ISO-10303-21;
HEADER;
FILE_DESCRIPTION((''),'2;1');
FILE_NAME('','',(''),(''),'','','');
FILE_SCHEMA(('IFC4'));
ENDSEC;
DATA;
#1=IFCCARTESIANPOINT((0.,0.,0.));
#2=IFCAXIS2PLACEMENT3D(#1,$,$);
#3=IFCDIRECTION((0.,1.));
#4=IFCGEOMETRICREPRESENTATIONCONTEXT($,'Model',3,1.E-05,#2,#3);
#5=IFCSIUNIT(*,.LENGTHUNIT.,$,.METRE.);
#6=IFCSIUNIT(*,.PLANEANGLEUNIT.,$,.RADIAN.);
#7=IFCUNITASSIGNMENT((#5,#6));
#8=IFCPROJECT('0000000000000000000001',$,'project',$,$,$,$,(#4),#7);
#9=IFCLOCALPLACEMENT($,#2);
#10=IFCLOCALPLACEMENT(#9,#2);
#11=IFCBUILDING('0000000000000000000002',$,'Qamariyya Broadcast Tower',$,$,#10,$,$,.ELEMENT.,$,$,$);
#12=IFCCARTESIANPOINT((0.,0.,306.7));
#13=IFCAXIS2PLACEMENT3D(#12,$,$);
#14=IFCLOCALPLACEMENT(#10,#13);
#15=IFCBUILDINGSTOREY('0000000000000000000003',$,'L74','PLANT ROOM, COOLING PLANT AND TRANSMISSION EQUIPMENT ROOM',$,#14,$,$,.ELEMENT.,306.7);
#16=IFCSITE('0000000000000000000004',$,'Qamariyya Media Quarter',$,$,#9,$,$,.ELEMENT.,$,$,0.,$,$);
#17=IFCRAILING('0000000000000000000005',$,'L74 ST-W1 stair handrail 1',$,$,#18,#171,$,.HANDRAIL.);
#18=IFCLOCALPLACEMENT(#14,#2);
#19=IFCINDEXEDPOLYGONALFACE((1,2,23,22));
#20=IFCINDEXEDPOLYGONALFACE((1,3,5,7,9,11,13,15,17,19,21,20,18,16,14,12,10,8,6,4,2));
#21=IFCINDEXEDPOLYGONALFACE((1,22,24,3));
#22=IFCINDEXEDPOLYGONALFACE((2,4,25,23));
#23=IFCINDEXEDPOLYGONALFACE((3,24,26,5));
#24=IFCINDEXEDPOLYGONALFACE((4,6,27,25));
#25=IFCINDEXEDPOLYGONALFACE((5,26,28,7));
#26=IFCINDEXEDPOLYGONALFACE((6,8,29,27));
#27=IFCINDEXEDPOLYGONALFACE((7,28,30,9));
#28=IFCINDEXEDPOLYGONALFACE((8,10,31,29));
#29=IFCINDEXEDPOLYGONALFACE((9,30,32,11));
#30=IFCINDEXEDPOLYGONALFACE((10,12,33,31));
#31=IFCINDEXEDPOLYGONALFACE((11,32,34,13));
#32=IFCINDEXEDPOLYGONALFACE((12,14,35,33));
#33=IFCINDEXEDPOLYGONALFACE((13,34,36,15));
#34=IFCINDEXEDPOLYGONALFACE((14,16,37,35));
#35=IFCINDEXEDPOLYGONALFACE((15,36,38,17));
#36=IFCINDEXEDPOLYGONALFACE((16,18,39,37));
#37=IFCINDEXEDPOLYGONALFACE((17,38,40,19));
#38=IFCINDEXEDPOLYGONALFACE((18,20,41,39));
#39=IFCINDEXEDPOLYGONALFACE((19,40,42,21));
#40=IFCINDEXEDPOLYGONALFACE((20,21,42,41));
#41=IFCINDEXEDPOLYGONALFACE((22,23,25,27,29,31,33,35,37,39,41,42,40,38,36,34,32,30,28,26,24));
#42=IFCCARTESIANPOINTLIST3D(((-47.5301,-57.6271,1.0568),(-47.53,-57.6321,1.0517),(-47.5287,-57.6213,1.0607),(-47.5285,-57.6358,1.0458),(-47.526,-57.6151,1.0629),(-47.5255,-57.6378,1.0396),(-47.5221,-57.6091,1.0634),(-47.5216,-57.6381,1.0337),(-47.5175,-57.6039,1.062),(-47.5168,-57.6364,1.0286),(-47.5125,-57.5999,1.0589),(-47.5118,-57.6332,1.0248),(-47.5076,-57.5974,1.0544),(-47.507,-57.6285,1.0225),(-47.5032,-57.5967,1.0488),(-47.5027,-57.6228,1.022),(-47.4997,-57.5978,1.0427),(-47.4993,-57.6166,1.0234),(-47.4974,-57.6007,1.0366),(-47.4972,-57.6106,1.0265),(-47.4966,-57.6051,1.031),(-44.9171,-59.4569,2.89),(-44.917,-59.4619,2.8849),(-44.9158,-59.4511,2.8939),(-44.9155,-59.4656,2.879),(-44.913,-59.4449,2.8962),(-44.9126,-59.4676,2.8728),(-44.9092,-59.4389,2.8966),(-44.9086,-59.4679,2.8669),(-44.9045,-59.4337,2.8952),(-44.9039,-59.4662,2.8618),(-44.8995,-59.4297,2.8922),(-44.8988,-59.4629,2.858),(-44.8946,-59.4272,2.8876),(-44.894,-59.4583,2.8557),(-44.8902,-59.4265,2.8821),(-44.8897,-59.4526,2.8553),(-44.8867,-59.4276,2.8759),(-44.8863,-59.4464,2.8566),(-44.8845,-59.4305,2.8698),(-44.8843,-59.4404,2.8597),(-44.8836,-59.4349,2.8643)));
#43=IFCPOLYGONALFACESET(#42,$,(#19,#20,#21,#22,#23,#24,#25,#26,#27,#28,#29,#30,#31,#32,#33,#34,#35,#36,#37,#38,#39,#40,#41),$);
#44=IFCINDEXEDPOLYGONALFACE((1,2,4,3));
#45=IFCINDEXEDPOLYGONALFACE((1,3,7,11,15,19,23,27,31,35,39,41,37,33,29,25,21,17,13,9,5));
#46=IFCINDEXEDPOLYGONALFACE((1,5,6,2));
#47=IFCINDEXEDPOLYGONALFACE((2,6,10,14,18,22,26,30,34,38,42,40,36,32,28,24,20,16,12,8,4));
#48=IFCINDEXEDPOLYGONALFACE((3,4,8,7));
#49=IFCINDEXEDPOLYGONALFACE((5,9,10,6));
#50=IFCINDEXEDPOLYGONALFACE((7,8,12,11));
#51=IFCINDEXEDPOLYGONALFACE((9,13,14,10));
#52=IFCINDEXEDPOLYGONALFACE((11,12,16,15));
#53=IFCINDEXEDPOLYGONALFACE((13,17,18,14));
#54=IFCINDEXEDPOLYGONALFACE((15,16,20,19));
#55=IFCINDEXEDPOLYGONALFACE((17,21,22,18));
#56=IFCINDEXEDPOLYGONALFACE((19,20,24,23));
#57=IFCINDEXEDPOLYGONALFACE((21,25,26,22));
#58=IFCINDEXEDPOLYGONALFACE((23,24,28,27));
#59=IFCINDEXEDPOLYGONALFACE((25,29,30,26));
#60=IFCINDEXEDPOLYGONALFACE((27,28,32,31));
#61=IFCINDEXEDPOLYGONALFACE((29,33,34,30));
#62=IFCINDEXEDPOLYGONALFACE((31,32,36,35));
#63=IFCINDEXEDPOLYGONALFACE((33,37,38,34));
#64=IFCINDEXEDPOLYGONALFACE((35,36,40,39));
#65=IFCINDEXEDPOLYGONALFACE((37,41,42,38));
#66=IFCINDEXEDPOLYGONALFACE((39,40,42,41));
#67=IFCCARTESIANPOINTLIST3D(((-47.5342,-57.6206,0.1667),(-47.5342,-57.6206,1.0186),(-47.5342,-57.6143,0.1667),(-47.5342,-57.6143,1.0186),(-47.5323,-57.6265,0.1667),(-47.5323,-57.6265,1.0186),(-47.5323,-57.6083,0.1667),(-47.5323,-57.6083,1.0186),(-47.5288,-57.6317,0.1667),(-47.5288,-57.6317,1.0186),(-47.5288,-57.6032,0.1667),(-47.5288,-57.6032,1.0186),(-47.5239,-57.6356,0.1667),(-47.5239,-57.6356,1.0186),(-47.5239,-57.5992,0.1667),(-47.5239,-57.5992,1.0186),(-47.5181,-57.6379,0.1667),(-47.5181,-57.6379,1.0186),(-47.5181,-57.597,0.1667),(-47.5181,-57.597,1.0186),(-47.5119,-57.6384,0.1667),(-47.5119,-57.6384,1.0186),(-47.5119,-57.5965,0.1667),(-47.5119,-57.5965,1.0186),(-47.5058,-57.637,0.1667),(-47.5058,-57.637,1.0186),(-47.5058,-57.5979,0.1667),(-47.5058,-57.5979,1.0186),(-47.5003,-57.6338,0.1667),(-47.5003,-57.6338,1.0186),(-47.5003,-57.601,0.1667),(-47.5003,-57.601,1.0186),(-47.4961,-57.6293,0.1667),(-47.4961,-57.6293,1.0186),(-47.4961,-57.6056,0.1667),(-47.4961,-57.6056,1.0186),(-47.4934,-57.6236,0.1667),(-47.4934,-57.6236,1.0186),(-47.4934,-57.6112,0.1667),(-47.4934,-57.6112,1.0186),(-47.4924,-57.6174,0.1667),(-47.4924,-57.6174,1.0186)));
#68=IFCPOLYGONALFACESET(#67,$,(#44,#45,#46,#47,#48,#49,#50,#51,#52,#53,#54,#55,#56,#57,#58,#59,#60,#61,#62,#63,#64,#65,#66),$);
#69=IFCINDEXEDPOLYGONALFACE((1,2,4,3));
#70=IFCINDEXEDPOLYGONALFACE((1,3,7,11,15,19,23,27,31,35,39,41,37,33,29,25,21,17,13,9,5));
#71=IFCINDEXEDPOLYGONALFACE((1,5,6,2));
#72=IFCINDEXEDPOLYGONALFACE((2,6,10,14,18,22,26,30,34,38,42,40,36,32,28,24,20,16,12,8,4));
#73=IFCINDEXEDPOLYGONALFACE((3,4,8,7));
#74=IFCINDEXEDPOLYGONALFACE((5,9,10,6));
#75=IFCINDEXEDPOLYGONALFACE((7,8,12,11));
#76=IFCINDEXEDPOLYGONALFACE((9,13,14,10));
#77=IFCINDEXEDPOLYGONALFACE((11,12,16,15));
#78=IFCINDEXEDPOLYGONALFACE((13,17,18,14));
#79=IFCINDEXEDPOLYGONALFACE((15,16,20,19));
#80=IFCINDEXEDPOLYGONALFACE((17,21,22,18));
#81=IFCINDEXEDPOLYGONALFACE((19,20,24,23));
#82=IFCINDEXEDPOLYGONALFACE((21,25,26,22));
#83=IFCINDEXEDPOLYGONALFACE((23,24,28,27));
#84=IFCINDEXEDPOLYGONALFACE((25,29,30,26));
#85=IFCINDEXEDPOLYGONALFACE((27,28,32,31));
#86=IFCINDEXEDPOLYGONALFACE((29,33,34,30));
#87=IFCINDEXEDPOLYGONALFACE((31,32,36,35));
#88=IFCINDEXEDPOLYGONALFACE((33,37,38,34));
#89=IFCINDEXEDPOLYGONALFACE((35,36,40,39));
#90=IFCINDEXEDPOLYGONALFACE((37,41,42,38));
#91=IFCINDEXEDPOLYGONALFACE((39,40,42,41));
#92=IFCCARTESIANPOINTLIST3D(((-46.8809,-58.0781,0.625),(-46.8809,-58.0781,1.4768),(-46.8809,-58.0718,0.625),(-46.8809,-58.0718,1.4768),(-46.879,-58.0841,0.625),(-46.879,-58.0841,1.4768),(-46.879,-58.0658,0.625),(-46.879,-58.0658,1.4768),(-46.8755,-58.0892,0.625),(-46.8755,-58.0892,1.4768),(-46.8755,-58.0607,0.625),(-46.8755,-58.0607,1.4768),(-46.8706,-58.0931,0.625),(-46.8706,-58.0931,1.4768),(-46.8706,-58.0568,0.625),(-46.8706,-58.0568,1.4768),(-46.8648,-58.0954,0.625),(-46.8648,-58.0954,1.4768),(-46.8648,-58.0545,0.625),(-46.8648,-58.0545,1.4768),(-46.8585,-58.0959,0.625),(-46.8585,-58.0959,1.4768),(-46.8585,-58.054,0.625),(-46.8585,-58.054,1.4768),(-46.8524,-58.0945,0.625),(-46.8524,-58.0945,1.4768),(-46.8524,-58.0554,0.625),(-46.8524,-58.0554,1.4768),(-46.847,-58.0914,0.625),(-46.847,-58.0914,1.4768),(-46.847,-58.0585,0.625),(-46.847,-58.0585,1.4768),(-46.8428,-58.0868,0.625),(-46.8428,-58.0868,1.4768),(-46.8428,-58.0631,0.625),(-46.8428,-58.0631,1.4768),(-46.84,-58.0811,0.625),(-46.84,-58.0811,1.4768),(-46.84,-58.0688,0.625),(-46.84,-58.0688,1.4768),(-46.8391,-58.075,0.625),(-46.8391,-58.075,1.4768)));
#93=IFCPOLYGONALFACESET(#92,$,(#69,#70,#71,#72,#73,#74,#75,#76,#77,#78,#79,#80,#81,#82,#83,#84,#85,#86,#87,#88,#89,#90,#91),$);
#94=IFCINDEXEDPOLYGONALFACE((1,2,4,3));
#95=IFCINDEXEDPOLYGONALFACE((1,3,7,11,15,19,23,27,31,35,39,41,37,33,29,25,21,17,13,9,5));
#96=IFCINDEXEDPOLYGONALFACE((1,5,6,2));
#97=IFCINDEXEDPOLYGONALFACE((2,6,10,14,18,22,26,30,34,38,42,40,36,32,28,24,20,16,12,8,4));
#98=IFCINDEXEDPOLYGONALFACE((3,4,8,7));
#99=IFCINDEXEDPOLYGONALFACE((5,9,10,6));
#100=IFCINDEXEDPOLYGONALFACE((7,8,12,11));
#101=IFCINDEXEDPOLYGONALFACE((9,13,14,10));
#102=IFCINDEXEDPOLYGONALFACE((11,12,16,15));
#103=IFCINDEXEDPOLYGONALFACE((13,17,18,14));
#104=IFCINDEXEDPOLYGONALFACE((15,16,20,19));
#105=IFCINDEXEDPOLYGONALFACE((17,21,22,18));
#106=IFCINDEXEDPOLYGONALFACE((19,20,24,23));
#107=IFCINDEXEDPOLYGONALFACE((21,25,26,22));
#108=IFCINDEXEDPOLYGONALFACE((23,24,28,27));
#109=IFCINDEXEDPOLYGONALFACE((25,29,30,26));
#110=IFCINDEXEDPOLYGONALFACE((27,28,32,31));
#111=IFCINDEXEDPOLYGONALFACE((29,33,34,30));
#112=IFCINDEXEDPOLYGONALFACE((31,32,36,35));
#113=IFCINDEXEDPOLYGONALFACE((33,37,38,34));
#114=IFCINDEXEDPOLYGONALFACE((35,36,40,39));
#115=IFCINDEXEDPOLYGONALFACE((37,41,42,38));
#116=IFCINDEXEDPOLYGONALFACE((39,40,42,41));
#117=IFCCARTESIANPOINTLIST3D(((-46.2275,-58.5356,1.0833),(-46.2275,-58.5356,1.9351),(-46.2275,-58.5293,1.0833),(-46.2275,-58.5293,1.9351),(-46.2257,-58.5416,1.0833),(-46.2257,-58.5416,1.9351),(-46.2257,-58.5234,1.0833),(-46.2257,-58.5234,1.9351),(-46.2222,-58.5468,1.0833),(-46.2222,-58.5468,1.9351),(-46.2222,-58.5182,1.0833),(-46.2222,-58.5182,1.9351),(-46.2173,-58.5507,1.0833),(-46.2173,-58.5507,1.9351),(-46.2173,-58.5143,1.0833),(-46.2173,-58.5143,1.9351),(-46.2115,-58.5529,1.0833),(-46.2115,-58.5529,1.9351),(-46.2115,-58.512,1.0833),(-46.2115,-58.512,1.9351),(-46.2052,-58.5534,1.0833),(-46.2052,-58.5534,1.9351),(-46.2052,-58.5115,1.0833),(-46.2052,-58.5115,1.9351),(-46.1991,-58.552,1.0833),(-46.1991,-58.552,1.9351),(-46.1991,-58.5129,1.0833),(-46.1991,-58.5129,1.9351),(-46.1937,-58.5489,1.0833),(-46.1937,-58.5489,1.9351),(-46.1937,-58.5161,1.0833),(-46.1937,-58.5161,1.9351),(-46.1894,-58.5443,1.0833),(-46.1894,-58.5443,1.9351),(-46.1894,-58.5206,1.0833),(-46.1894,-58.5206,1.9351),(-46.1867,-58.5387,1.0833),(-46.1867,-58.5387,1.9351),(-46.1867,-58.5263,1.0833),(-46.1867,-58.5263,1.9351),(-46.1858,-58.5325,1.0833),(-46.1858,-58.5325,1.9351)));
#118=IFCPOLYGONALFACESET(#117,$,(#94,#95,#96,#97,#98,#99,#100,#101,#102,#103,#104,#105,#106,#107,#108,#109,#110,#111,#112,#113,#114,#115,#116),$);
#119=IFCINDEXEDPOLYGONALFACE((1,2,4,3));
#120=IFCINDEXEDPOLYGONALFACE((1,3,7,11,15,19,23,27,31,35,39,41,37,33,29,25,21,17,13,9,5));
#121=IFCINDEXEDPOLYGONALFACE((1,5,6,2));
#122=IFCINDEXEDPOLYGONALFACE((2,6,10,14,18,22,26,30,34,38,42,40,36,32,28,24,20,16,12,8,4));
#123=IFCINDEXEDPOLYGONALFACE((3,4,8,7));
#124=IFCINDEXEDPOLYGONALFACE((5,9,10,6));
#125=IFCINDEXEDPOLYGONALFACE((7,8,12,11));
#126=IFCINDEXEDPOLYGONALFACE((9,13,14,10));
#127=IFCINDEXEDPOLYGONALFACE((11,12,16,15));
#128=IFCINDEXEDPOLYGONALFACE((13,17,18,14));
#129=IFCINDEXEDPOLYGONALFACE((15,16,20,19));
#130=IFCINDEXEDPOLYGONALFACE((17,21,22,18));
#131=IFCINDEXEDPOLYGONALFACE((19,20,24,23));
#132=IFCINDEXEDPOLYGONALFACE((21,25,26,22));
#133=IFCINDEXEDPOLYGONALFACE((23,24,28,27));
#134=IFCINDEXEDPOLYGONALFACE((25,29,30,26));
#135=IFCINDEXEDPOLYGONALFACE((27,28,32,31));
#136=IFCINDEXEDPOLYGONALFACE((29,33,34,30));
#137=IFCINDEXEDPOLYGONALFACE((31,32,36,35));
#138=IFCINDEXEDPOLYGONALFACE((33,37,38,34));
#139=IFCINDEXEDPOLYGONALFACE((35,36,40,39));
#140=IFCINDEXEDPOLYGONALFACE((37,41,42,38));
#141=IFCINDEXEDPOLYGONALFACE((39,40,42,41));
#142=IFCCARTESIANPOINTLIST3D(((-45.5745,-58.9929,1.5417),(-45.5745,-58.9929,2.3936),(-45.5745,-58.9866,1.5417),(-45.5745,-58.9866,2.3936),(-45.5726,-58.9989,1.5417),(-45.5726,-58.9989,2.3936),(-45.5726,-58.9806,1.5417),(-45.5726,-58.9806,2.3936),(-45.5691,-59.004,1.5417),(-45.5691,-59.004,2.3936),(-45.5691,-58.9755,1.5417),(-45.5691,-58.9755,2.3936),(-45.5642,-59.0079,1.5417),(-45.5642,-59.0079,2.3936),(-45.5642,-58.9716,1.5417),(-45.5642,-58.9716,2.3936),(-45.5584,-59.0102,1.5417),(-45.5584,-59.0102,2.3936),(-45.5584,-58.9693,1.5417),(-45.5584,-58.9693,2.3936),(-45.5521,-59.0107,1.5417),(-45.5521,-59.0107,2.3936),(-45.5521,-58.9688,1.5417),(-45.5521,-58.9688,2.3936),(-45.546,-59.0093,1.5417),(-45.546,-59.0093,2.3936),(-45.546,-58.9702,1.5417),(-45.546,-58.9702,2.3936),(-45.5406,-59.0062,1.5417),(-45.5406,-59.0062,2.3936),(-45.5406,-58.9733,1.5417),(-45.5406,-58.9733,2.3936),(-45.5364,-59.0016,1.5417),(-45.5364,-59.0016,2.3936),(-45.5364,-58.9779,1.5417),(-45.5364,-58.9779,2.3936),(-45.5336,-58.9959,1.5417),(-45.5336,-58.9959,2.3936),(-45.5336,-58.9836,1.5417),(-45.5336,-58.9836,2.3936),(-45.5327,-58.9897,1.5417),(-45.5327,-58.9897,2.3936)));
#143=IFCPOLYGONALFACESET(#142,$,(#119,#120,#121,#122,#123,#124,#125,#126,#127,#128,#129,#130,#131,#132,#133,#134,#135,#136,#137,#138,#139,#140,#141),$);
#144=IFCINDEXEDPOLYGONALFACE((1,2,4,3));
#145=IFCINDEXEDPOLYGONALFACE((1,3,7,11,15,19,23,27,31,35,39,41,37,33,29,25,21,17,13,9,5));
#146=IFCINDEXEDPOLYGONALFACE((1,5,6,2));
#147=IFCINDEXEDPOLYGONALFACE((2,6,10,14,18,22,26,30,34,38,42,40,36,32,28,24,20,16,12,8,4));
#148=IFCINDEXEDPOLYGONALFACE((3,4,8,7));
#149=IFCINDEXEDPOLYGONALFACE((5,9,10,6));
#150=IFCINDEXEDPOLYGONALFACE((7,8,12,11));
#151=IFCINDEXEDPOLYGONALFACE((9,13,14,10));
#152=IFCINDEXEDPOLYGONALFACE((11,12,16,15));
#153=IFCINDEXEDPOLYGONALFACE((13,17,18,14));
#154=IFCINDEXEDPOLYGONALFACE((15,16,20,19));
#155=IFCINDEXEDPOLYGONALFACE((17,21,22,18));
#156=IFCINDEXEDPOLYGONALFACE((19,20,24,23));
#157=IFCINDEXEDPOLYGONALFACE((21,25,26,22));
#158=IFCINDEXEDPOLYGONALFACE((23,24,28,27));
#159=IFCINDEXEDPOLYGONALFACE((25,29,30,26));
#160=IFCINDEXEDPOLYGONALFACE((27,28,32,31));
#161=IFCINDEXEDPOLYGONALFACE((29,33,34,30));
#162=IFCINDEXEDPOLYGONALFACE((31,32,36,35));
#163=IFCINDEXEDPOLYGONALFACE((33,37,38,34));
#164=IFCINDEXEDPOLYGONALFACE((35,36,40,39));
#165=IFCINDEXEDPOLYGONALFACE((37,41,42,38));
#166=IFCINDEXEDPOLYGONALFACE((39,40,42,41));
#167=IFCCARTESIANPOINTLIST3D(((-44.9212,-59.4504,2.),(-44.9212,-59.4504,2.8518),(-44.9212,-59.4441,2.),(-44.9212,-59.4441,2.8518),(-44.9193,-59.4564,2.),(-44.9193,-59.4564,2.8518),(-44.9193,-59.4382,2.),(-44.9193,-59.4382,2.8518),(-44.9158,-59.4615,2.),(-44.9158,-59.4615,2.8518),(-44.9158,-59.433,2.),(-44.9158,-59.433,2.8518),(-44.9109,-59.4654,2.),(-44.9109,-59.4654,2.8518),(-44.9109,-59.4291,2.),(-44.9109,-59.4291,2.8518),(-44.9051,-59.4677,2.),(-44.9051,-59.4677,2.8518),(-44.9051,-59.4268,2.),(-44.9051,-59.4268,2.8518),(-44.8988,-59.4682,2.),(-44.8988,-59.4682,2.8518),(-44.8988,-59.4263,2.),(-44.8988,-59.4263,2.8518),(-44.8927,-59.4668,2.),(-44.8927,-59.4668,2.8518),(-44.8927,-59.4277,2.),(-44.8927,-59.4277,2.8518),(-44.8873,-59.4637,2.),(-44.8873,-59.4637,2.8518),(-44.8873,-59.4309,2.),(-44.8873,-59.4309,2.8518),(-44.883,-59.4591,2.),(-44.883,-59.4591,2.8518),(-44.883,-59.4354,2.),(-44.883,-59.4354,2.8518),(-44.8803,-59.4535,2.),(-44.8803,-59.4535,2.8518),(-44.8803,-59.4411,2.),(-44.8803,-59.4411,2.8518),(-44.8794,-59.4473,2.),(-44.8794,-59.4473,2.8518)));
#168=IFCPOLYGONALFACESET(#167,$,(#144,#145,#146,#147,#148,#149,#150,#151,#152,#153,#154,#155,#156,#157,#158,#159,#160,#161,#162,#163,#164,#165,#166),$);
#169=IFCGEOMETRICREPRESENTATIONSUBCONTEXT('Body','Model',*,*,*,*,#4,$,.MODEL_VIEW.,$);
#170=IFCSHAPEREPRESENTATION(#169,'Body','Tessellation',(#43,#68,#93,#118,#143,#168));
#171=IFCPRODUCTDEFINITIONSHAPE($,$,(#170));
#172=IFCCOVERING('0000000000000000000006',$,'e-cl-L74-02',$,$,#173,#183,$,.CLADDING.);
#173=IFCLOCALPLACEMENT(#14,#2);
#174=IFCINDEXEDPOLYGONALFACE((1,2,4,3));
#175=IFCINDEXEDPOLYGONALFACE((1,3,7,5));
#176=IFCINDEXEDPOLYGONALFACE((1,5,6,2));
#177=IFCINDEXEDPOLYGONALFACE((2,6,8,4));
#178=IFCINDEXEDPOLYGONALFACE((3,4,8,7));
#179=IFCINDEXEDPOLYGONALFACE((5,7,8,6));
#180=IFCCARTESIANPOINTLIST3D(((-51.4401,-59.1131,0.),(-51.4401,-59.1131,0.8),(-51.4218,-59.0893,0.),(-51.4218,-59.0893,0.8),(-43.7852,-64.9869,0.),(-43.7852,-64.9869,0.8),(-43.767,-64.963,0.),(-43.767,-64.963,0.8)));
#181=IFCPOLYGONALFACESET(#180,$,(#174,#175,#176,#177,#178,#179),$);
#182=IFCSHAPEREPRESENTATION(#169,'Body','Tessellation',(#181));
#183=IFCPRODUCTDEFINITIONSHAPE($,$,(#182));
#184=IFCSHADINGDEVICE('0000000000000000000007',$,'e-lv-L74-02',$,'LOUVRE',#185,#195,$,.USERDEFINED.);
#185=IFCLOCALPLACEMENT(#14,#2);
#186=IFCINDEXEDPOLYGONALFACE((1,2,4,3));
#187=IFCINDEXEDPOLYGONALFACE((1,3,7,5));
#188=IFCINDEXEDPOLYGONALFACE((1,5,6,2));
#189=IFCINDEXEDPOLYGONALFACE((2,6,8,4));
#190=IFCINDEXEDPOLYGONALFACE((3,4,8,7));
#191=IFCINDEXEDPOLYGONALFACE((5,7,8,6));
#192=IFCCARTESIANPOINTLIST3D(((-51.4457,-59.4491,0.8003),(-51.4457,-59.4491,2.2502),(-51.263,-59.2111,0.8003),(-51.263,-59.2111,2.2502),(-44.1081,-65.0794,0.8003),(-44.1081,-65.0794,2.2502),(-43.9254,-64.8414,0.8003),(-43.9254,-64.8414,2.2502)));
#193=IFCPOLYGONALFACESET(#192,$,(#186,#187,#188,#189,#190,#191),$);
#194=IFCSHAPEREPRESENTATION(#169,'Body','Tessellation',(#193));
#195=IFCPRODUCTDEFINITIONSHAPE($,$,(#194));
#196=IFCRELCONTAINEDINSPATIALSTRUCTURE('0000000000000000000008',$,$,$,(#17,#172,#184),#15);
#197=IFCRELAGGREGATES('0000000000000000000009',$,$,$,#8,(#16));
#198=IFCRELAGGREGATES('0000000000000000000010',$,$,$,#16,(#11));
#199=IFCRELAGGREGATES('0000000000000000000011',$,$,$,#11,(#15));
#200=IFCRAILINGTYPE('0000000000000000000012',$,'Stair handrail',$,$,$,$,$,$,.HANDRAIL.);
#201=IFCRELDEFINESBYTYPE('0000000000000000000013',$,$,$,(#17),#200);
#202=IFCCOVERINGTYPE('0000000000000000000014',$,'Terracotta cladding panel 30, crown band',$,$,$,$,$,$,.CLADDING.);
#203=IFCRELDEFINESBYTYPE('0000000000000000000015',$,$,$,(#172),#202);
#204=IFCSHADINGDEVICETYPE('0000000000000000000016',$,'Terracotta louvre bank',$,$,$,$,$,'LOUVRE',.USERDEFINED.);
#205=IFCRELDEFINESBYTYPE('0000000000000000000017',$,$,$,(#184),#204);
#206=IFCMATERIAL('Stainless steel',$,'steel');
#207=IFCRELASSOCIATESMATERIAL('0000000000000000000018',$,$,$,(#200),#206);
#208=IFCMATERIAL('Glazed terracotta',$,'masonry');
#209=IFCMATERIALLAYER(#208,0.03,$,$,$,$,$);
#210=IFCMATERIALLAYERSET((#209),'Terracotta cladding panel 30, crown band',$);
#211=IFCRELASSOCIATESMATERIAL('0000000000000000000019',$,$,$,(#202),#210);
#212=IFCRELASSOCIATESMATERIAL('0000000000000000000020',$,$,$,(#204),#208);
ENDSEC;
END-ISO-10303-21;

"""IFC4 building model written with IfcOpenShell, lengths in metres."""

from ifc_helpers import new_model, si_unit, direction, frame, origin, origin_2d, place, context, subcontext, project, spatial, rectangle, circle, extrude, material, layer, layer_set, type_object, element, save


model = new_model("IFC4")

# Units and contexts
model_context = context("Model", 3, precision=1e-05, world=origin(), true_north=direction((0.0, 1.0)))
body_context = subcontext(model_context, "Body", "Model", "MODEL_VIEW")
ifc_project = project(units=[si_unit("LENGTHUNIT", "METRE"), si_unit("PLANEANGLEUNIT", "RADIAN")], contexts=[model_context])

# Site, building, storey
site_placement = place(None, origin())
site = spatial("IfcSite", under=ifc_project, at=site_placement, Name="Qamariyya Media Quarter", CompositionType="ELEMENT", RefElevation=0.0)
building_placement = place(site_placement, origin())
building = spatial("IfcBuilding", under=site, at=building_placement, Name="Qamariyya Broadcast Tower", CompositionType="ELEMENT")
storey_placement = place(building_placement, frame((0.0, 0.0, 306.7)))
storey = spatial("IfcBuildingStorey", under=building, at=storey_placement, Name="L74", Description="PLANT ROOM, COOLING PLANT AND TRANSMISSION EQUIPMENT ROOM", CompositionType="ELEMENT", Elevation=306.7)

# Railing
ifc_material_1 = material(Name="Stainless steel", Category="steel")
railing_type_1 = type_object("IfcRailingType", Name="Stair handrail", PredefinedType="HANDRAIL", material=ifc_material_1)
railing_1_placement = place(storey_placement, frame((-47.5134, -57.6174, 0.1667)))
element("IfcRailing", 1, at=railing_1_placement, inside=storey, type_object=railing_type_1, Name="L74 ST-W1 stair handrail 1", PredefinedType="HANDRAIL", context=body_context, shape_type="SweptSolid", body=[
    extrude(circle(Radius=0.0239, at=origin_2d()), frame((0.0, 0.0, 0.876), z_axis=(0.710204, -0.497335, 0.498264), x_axis=(0.573611, 0.819128, 0.0)), (0.0, 0.0, 1.0), 3.6792),
    extrude(circle(Radius=0.021, at=origin_2d()), origin(), (0.0, 0.0, 1.0), 0.8518),
    extrude(circle(Radius=0.021, at=origin_2d()), frame((0.6533, -0.4575, 0.4583)), (0.0, 0.0, 1.0), 0.8518),
    extrude(circle(Radius=0.021, at=origin_2d()), frame((1.3066, -0.915, 0.9165)), (0.0, 0.0, 1.0), 0.8518),
    extrude(circle(Radius=0.021, at=origin_2d()), frame((1.9597, -1.3723, 1.375)), (0.0, 0.0, 1.0), 0.8518),
    extrude(circle(Radius=0.021, at=origin_2d()), frame((2.613, -1.8298, 1.8333)), (0.0, 0.0, 1.0), 0.8518),
])

# Covering
ifc_material_2 = material(Name="Glazed terracotta", Category="masonry")
ifc_layer_1 = layer(ifc_material_2, 0.03)
ifc_layer_set_1 = layer_set([ifc_layer_1], Name="Terracotta cladding panel 30, crown band")
covering_type = type_object("IfcCoveringType", Name="Terracotta cladding panel 30, crown band", PredefinedType="CLADDING", material=ifc_layer_set_1)
covering_placement = place(storey_placement, frame((-47.6035, -62.0381, 0.0), z_axis=(0.0, 0.0, 1.0), x_axis=(0.793353, -0.608761, 0.0)))
element("IfcCovering", 2, at=covering_placement, inside=storey, type_object=covering_type, Name="e-cl-L74-02", PredefinedType="CLADDING", context=body_context, shape_type="SweptSolid", body=[
    extrude(rectangle(XDim=9.6487, YDim=0.03, at=origin_2d()), origin(), (0.0, 0.0, 1.0), 0.8),
])

# Shading device
shading_device_type = type_object("IfcShadingDeviceType", Name="Terracotta louvre bank", ElementType="LOUVRE", PredefinedType="USERDEFINED", material=ifc_material_2)
shading_device_placement = place(storey_placement, frame((-47.6855, -62.1453, 0.8003), z_axis=(0.0, 0.0, 1.0), x_axis=(0.793353, -0.608761, 0.0)))
element("IfcShadingDevice", 3, at=shading_device_placement, inside=storey, type_object=shading_device_type, Name="e-lv-L74-02", ObjectType="LOUVRE", PredefinedType="USERDEFINED", context=body_context, shape_type="SweptSolid", body=[
    extrude(rectangle(XDim=9.2488, YDim=0.3, at=origin_2d()), origin(), (0.0, 0.0, 1.0), 1.45),
])

save(model, "model.ifc")
